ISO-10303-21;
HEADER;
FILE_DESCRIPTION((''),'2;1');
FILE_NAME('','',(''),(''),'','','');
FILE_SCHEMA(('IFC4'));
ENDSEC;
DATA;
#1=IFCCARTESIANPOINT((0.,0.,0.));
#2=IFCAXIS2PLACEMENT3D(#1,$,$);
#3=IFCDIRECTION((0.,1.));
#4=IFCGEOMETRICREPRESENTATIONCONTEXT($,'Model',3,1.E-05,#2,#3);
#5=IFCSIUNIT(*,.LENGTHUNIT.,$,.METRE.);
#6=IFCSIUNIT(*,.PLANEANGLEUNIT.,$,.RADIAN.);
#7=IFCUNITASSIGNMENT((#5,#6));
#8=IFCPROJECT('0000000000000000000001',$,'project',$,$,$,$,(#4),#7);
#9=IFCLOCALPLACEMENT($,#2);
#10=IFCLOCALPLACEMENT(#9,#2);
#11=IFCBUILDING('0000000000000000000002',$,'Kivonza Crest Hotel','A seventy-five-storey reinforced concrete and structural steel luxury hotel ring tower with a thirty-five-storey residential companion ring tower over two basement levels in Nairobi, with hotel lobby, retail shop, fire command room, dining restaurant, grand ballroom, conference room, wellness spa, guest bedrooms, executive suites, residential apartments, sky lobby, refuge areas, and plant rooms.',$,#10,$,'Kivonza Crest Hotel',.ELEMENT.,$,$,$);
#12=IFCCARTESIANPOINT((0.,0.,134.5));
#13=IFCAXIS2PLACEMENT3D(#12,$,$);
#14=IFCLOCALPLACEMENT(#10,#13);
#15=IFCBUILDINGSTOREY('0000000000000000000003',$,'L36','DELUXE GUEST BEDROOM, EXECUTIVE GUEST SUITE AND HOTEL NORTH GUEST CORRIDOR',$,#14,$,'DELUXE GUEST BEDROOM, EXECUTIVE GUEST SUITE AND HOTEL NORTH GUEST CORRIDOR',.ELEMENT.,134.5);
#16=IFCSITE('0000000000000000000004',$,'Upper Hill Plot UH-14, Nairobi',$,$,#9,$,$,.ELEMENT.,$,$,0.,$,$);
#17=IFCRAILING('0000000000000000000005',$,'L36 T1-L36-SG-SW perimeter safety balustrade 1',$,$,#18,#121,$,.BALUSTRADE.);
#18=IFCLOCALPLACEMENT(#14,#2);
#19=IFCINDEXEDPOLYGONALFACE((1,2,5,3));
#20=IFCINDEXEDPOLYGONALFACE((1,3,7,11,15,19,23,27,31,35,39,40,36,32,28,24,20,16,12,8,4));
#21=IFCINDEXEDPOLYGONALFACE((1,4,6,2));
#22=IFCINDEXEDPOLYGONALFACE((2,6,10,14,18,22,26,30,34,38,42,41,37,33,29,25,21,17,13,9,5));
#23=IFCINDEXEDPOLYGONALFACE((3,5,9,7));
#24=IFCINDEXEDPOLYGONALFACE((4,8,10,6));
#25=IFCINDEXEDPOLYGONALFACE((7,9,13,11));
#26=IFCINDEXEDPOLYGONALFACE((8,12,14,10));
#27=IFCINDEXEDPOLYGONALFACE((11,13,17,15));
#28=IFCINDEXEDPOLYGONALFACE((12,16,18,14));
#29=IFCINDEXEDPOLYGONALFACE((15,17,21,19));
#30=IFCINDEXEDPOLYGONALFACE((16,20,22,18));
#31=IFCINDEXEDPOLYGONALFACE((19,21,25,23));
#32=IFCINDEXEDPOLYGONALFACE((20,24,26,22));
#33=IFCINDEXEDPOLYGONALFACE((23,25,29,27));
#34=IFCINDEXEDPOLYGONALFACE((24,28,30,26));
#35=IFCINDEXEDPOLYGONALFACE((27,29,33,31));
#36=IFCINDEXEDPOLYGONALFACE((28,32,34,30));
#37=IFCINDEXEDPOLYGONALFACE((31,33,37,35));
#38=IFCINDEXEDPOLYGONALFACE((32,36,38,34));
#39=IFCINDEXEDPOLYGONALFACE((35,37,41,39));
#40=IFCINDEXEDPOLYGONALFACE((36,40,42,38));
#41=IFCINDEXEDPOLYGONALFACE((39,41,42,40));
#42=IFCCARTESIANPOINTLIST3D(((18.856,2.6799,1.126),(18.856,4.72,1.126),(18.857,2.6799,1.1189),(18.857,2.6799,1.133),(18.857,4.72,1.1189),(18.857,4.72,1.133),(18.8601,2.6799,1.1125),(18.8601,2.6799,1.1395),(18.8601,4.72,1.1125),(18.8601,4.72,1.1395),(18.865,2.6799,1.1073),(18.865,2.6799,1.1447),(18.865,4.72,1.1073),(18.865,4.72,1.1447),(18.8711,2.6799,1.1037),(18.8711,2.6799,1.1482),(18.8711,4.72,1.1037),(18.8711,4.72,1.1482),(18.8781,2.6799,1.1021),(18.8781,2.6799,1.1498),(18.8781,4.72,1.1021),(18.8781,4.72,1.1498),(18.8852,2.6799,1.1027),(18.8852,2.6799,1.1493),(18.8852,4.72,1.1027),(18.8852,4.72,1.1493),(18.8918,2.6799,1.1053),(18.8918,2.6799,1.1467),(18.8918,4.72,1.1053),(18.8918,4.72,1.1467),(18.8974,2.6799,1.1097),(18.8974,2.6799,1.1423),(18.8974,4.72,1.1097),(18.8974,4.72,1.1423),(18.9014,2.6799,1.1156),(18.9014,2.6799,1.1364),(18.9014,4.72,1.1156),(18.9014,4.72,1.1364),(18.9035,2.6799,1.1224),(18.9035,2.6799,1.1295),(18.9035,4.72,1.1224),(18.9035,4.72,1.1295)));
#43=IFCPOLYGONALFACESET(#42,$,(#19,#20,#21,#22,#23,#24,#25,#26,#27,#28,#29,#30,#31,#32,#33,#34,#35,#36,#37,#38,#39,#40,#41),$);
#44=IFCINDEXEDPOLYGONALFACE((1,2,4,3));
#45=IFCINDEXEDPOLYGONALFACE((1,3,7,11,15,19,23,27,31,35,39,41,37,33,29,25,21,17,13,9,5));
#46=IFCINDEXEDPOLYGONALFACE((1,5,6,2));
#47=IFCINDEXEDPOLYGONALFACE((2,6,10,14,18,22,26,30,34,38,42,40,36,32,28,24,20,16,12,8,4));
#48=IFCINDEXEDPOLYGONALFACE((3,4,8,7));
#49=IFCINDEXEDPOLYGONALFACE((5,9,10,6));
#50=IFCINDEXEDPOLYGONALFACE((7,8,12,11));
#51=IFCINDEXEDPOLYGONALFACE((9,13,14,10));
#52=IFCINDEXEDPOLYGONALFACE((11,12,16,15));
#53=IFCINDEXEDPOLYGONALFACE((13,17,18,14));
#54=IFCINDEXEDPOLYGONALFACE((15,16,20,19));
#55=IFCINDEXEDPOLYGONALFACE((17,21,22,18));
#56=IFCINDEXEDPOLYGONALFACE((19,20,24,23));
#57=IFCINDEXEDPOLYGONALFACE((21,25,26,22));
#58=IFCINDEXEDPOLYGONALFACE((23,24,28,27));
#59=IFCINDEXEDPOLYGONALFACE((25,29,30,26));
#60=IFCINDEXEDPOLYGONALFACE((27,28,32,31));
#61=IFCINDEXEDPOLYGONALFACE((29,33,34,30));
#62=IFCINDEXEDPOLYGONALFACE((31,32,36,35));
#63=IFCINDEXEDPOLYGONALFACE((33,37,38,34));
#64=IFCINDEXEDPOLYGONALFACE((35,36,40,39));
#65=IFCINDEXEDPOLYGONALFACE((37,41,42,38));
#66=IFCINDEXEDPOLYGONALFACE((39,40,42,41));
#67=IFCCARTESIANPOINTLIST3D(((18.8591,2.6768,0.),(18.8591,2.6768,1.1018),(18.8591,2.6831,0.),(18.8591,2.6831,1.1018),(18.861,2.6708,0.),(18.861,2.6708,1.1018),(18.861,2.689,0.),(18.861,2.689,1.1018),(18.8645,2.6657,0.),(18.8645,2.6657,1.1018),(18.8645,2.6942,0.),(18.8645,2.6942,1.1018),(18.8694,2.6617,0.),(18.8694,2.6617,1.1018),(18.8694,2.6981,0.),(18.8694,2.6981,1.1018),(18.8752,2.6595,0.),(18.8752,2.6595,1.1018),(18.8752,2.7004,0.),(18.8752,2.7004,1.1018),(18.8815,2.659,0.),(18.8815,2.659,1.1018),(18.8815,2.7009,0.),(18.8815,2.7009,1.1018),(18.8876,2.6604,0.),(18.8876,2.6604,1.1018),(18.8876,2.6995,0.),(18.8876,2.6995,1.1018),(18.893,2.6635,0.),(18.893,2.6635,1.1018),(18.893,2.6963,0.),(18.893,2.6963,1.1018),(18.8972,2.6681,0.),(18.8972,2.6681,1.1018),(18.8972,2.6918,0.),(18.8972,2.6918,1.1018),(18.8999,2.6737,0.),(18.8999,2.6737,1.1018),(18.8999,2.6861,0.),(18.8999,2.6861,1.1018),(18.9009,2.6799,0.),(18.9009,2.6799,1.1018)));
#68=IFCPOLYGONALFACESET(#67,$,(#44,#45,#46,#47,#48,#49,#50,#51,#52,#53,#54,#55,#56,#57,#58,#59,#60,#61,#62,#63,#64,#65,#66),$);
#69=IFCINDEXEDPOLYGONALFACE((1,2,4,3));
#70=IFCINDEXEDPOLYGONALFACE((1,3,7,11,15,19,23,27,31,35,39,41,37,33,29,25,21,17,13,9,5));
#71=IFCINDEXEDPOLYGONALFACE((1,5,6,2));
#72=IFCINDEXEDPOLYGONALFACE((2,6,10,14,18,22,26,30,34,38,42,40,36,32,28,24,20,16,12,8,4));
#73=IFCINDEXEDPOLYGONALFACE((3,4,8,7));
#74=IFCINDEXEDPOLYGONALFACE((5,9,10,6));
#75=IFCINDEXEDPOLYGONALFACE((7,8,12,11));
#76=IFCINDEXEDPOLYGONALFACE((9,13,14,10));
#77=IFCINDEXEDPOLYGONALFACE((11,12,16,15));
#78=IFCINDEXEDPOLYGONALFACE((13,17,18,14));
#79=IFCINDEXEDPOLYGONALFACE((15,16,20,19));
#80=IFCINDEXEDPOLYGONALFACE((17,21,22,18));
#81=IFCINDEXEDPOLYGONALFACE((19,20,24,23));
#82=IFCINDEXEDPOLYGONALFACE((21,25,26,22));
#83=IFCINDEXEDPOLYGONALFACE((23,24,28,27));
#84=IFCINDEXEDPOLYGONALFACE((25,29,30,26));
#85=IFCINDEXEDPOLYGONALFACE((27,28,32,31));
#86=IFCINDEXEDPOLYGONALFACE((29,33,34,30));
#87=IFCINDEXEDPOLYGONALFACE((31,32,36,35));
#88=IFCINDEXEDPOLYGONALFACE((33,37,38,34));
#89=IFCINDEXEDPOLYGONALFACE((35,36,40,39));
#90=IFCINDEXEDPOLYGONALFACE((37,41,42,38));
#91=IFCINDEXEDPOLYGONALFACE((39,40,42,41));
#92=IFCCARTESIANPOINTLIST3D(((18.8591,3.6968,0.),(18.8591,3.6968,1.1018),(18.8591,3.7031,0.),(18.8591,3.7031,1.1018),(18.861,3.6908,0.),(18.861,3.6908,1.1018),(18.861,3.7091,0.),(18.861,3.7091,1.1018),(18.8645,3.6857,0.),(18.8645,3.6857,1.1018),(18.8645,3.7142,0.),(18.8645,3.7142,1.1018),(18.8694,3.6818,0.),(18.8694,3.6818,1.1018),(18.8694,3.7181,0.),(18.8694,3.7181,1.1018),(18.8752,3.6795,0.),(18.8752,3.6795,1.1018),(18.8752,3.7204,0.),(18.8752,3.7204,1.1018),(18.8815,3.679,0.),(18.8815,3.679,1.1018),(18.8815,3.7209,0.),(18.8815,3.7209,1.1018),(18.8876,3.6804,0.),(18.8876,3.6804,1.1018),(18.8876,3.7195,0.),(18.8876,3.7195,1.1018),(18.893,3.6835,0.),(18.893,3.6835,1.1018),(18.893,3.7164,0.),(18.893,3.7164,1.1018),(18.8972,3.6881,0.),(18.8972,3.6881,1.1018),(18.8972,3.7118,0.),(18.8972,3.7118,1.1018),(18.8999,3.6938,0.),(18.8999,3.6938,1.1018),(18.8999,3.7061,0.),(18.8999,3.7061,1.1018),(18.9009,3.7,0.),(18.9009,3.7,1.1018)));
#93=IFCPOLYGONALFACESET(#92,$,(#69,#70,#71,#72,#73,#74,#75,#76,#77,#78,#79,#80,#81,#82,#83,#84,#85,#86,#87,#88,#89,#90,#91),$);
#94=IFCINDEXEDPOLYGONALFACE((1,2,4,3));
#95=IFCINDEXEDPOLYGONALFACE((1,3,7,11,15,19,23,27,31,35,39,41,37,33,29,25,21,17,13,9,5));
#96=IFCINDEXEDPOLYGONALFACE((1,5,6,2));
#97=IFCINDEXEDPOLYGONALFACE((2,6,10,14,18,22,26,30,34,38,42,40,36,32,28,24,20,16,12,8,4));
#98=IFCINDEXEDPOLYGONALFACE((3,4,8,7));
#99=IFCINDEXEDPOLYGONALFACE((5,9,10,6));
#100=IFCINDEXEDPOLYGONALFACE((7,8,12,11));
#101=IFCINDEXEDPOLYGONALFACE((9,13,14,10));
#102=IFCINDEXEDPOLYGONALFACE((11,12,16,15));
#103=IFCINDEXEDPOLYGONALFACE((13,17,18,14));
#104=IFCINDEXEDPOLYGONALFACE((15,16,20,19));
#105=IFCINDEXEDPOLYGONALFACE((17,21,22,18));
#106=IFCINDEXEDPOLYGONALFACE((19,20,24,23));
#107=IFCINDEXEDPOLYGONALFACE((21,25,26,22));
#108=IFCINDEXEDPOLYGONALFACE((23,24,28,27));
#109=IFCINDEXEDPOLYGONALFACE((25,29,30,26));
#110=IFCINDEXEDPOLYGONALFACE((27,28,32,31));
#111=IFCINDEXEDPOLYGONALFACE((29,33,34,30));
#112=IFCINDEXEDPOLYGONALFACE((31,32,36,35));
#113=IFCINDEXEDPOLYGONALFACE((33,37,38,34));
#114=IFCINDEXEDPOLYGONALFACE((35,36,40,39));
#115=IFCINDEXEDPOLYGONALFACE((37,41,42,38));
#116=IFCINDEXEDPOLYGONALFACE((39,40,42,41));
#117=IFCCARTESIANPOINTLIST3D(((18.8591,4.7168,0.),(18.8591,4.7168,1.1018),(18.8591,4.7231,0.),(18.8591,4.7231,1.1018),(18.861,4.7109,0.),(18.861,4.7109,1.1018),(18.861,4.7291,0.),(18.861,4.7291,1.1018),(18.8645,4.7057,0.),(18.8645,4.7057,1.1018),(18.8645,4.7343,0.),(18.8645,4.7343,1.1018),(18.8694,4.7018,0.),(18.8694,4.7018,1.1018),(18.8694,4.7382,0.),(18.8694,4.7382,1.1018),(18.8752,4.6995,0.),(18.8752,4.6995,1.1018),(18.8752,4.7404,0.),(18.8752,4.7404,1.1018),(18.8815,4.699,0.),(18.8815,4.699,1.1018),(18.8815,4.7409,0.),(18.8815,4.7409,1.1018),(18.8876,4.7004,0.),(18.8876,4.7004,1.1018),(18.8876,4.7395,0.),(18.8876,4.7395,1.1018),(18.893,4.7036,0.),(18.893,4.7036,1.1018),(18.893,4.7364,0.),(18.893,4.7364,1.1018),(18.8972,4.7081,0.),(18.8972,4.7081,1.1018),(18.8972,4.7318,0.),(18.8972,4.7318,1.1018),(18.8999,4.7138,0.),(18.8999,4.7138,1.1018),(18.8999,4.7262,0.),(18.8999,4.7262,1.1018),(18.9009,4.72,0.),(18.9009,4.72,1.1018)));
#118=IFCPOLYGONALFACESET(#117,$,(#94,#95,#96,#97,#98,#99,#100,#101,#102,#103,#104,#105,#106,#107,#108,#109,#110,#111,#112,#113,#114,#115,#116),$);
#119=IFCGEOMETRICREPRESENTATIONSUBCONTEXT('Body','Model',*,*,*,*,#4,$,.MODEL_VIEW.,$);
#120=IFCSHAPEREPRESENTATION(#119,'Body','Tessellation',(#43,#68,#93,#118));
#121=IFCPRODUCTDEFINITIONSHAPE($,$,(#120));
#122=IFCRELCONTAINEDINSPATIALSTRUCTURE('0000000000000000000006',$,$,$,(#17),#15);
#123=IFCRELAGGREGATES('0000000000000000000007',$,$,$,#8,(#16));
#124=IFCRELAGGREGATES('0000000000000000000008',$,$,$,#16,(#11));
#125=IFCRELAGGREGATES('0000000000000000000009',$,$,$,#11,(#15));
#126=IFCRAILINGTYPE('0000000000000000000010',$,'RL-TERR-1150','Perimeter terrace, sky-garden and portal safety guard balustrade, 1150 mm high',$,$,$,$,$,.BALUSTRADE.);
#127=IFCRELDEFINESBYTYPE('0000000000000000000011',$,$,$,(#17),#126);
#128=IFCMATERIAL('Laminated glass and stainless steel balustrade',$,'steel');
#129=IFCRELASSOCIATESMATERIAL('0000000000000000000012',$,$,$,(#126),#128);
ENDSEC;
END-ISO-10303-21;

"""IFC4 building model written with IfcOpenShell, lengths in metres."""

from ifc_helpers import new_model, si_unit, direction, frame, origin, origin_2d, place, context, subcontext, project, spatial, circle, extrude, material, type_object, element, save


model = new_model("IFC4")

# Units and contexts
model_context = context("Model", 3, precision=1e-05, world=origin(), true_north=direction((0.0, 1.0)))
body_context = subcontext(model_context, "Body", "Model", "MODEL_VIEW")
ifc_project = project(units=[si_unit("LENGTHUNIT", "METRE"), si_unit("PLANEANGLEUNIT", "RADIAN")], contexts=[model_context])

# Site, building, storey
site_placement = place(None, origin())
site = spatial("IfcSite", under=ifc_project, at=site_placement, Name="Upper Hill Plot UH-14, Nairobi", CompositionType="ELEMENT", RefElevation=0.0)
building_placement = place(site_placement, origin())
building = spatial("IfcBuilding", under=site, at=building_placement, Name="Kivonza Crest Hotel", Description="A seventy-five-storey reinforced concrete and structural steel luxury hotel ring tower with a thirty-five-storey residential companion ring tower over two basement levels in Nairobi, with hotel lobby, retail shop, fire command room, dining restaurant, grand ballroom, conference room, wellness spa, guest bedrooms, executive suites, residential apartments, sky lobby, refuge areas, and plant rooms.", LongName="Kivonza Crest Hotel", CompositionType="ELEMENT")
storey_placement = place(building_placement, frame((0.0, 0.0, 134.5)))
storey = spatial("IfcBuildingStorey", under=building, at=storey_placement, Name="L36", Description="DELUXE GUEST BEDROOM, EXECUTIVE GUEST SUITE AND HOTEL NORTH GUEST CORRIDOR", LongName="DELUXE GUEST BEDROOM, EXECUTIVE GUEST SUITE AND HOTEL NORTH GUEST CORRIDOR", CompositionType="ELEMENT", Elevation=134.5)

# Railing
ifc_material_1 = material(Name="Laminated glass and stainless steel balustrade", Category="steel")
railing_type = type_object("IfcRailingType", Name="RL-TERR-1150", Description="Perimeter terrace, sky-garden and portal safety guard balustrade, 1150 mm high", PredefinedType="BALUSTRADE", material=ifc_material_1)
railing_1_placement = place(storey_placement, frame((18.8799, 2.6799, 0.0)))
element("IfcRailing", 1, at=railing_1_placement, inside=storey, type_object=railing_type, Name="L36 T1-L36-SG-SW perimeter safety balustrade 1", PredefinedType="BALUSTRADE", context=body_context, shape_type="SweptSolid", body=[
    extrude(circle(Radius=0.0239, at=origin_2d()), frame((0.0, 0.0, 1.126), z_axis=(0.0, 1.0, 0.0), x_axis=(-1.0, 0.0, 0.0)), (0.0, 0.0, 1.0), 2.04),
    extrude(circle(Radius=0.021, at=origin_2d()), origin(), (0.0, 0.0, 1.0), 1.1018),
    extrude(circle(Radius=0.021, at=origin_2d()), frame((0.0, 1.02, 0.0)), (0.0, 0.0, 1.0), 1.1018),
    extrude(circle(Radius=0.021, at=origin_2d()), frame((0.0, 2.04, 0.0)), (0.0, 0.0, 1.0), 1.1018),
])

save(model, "model.ifc")
